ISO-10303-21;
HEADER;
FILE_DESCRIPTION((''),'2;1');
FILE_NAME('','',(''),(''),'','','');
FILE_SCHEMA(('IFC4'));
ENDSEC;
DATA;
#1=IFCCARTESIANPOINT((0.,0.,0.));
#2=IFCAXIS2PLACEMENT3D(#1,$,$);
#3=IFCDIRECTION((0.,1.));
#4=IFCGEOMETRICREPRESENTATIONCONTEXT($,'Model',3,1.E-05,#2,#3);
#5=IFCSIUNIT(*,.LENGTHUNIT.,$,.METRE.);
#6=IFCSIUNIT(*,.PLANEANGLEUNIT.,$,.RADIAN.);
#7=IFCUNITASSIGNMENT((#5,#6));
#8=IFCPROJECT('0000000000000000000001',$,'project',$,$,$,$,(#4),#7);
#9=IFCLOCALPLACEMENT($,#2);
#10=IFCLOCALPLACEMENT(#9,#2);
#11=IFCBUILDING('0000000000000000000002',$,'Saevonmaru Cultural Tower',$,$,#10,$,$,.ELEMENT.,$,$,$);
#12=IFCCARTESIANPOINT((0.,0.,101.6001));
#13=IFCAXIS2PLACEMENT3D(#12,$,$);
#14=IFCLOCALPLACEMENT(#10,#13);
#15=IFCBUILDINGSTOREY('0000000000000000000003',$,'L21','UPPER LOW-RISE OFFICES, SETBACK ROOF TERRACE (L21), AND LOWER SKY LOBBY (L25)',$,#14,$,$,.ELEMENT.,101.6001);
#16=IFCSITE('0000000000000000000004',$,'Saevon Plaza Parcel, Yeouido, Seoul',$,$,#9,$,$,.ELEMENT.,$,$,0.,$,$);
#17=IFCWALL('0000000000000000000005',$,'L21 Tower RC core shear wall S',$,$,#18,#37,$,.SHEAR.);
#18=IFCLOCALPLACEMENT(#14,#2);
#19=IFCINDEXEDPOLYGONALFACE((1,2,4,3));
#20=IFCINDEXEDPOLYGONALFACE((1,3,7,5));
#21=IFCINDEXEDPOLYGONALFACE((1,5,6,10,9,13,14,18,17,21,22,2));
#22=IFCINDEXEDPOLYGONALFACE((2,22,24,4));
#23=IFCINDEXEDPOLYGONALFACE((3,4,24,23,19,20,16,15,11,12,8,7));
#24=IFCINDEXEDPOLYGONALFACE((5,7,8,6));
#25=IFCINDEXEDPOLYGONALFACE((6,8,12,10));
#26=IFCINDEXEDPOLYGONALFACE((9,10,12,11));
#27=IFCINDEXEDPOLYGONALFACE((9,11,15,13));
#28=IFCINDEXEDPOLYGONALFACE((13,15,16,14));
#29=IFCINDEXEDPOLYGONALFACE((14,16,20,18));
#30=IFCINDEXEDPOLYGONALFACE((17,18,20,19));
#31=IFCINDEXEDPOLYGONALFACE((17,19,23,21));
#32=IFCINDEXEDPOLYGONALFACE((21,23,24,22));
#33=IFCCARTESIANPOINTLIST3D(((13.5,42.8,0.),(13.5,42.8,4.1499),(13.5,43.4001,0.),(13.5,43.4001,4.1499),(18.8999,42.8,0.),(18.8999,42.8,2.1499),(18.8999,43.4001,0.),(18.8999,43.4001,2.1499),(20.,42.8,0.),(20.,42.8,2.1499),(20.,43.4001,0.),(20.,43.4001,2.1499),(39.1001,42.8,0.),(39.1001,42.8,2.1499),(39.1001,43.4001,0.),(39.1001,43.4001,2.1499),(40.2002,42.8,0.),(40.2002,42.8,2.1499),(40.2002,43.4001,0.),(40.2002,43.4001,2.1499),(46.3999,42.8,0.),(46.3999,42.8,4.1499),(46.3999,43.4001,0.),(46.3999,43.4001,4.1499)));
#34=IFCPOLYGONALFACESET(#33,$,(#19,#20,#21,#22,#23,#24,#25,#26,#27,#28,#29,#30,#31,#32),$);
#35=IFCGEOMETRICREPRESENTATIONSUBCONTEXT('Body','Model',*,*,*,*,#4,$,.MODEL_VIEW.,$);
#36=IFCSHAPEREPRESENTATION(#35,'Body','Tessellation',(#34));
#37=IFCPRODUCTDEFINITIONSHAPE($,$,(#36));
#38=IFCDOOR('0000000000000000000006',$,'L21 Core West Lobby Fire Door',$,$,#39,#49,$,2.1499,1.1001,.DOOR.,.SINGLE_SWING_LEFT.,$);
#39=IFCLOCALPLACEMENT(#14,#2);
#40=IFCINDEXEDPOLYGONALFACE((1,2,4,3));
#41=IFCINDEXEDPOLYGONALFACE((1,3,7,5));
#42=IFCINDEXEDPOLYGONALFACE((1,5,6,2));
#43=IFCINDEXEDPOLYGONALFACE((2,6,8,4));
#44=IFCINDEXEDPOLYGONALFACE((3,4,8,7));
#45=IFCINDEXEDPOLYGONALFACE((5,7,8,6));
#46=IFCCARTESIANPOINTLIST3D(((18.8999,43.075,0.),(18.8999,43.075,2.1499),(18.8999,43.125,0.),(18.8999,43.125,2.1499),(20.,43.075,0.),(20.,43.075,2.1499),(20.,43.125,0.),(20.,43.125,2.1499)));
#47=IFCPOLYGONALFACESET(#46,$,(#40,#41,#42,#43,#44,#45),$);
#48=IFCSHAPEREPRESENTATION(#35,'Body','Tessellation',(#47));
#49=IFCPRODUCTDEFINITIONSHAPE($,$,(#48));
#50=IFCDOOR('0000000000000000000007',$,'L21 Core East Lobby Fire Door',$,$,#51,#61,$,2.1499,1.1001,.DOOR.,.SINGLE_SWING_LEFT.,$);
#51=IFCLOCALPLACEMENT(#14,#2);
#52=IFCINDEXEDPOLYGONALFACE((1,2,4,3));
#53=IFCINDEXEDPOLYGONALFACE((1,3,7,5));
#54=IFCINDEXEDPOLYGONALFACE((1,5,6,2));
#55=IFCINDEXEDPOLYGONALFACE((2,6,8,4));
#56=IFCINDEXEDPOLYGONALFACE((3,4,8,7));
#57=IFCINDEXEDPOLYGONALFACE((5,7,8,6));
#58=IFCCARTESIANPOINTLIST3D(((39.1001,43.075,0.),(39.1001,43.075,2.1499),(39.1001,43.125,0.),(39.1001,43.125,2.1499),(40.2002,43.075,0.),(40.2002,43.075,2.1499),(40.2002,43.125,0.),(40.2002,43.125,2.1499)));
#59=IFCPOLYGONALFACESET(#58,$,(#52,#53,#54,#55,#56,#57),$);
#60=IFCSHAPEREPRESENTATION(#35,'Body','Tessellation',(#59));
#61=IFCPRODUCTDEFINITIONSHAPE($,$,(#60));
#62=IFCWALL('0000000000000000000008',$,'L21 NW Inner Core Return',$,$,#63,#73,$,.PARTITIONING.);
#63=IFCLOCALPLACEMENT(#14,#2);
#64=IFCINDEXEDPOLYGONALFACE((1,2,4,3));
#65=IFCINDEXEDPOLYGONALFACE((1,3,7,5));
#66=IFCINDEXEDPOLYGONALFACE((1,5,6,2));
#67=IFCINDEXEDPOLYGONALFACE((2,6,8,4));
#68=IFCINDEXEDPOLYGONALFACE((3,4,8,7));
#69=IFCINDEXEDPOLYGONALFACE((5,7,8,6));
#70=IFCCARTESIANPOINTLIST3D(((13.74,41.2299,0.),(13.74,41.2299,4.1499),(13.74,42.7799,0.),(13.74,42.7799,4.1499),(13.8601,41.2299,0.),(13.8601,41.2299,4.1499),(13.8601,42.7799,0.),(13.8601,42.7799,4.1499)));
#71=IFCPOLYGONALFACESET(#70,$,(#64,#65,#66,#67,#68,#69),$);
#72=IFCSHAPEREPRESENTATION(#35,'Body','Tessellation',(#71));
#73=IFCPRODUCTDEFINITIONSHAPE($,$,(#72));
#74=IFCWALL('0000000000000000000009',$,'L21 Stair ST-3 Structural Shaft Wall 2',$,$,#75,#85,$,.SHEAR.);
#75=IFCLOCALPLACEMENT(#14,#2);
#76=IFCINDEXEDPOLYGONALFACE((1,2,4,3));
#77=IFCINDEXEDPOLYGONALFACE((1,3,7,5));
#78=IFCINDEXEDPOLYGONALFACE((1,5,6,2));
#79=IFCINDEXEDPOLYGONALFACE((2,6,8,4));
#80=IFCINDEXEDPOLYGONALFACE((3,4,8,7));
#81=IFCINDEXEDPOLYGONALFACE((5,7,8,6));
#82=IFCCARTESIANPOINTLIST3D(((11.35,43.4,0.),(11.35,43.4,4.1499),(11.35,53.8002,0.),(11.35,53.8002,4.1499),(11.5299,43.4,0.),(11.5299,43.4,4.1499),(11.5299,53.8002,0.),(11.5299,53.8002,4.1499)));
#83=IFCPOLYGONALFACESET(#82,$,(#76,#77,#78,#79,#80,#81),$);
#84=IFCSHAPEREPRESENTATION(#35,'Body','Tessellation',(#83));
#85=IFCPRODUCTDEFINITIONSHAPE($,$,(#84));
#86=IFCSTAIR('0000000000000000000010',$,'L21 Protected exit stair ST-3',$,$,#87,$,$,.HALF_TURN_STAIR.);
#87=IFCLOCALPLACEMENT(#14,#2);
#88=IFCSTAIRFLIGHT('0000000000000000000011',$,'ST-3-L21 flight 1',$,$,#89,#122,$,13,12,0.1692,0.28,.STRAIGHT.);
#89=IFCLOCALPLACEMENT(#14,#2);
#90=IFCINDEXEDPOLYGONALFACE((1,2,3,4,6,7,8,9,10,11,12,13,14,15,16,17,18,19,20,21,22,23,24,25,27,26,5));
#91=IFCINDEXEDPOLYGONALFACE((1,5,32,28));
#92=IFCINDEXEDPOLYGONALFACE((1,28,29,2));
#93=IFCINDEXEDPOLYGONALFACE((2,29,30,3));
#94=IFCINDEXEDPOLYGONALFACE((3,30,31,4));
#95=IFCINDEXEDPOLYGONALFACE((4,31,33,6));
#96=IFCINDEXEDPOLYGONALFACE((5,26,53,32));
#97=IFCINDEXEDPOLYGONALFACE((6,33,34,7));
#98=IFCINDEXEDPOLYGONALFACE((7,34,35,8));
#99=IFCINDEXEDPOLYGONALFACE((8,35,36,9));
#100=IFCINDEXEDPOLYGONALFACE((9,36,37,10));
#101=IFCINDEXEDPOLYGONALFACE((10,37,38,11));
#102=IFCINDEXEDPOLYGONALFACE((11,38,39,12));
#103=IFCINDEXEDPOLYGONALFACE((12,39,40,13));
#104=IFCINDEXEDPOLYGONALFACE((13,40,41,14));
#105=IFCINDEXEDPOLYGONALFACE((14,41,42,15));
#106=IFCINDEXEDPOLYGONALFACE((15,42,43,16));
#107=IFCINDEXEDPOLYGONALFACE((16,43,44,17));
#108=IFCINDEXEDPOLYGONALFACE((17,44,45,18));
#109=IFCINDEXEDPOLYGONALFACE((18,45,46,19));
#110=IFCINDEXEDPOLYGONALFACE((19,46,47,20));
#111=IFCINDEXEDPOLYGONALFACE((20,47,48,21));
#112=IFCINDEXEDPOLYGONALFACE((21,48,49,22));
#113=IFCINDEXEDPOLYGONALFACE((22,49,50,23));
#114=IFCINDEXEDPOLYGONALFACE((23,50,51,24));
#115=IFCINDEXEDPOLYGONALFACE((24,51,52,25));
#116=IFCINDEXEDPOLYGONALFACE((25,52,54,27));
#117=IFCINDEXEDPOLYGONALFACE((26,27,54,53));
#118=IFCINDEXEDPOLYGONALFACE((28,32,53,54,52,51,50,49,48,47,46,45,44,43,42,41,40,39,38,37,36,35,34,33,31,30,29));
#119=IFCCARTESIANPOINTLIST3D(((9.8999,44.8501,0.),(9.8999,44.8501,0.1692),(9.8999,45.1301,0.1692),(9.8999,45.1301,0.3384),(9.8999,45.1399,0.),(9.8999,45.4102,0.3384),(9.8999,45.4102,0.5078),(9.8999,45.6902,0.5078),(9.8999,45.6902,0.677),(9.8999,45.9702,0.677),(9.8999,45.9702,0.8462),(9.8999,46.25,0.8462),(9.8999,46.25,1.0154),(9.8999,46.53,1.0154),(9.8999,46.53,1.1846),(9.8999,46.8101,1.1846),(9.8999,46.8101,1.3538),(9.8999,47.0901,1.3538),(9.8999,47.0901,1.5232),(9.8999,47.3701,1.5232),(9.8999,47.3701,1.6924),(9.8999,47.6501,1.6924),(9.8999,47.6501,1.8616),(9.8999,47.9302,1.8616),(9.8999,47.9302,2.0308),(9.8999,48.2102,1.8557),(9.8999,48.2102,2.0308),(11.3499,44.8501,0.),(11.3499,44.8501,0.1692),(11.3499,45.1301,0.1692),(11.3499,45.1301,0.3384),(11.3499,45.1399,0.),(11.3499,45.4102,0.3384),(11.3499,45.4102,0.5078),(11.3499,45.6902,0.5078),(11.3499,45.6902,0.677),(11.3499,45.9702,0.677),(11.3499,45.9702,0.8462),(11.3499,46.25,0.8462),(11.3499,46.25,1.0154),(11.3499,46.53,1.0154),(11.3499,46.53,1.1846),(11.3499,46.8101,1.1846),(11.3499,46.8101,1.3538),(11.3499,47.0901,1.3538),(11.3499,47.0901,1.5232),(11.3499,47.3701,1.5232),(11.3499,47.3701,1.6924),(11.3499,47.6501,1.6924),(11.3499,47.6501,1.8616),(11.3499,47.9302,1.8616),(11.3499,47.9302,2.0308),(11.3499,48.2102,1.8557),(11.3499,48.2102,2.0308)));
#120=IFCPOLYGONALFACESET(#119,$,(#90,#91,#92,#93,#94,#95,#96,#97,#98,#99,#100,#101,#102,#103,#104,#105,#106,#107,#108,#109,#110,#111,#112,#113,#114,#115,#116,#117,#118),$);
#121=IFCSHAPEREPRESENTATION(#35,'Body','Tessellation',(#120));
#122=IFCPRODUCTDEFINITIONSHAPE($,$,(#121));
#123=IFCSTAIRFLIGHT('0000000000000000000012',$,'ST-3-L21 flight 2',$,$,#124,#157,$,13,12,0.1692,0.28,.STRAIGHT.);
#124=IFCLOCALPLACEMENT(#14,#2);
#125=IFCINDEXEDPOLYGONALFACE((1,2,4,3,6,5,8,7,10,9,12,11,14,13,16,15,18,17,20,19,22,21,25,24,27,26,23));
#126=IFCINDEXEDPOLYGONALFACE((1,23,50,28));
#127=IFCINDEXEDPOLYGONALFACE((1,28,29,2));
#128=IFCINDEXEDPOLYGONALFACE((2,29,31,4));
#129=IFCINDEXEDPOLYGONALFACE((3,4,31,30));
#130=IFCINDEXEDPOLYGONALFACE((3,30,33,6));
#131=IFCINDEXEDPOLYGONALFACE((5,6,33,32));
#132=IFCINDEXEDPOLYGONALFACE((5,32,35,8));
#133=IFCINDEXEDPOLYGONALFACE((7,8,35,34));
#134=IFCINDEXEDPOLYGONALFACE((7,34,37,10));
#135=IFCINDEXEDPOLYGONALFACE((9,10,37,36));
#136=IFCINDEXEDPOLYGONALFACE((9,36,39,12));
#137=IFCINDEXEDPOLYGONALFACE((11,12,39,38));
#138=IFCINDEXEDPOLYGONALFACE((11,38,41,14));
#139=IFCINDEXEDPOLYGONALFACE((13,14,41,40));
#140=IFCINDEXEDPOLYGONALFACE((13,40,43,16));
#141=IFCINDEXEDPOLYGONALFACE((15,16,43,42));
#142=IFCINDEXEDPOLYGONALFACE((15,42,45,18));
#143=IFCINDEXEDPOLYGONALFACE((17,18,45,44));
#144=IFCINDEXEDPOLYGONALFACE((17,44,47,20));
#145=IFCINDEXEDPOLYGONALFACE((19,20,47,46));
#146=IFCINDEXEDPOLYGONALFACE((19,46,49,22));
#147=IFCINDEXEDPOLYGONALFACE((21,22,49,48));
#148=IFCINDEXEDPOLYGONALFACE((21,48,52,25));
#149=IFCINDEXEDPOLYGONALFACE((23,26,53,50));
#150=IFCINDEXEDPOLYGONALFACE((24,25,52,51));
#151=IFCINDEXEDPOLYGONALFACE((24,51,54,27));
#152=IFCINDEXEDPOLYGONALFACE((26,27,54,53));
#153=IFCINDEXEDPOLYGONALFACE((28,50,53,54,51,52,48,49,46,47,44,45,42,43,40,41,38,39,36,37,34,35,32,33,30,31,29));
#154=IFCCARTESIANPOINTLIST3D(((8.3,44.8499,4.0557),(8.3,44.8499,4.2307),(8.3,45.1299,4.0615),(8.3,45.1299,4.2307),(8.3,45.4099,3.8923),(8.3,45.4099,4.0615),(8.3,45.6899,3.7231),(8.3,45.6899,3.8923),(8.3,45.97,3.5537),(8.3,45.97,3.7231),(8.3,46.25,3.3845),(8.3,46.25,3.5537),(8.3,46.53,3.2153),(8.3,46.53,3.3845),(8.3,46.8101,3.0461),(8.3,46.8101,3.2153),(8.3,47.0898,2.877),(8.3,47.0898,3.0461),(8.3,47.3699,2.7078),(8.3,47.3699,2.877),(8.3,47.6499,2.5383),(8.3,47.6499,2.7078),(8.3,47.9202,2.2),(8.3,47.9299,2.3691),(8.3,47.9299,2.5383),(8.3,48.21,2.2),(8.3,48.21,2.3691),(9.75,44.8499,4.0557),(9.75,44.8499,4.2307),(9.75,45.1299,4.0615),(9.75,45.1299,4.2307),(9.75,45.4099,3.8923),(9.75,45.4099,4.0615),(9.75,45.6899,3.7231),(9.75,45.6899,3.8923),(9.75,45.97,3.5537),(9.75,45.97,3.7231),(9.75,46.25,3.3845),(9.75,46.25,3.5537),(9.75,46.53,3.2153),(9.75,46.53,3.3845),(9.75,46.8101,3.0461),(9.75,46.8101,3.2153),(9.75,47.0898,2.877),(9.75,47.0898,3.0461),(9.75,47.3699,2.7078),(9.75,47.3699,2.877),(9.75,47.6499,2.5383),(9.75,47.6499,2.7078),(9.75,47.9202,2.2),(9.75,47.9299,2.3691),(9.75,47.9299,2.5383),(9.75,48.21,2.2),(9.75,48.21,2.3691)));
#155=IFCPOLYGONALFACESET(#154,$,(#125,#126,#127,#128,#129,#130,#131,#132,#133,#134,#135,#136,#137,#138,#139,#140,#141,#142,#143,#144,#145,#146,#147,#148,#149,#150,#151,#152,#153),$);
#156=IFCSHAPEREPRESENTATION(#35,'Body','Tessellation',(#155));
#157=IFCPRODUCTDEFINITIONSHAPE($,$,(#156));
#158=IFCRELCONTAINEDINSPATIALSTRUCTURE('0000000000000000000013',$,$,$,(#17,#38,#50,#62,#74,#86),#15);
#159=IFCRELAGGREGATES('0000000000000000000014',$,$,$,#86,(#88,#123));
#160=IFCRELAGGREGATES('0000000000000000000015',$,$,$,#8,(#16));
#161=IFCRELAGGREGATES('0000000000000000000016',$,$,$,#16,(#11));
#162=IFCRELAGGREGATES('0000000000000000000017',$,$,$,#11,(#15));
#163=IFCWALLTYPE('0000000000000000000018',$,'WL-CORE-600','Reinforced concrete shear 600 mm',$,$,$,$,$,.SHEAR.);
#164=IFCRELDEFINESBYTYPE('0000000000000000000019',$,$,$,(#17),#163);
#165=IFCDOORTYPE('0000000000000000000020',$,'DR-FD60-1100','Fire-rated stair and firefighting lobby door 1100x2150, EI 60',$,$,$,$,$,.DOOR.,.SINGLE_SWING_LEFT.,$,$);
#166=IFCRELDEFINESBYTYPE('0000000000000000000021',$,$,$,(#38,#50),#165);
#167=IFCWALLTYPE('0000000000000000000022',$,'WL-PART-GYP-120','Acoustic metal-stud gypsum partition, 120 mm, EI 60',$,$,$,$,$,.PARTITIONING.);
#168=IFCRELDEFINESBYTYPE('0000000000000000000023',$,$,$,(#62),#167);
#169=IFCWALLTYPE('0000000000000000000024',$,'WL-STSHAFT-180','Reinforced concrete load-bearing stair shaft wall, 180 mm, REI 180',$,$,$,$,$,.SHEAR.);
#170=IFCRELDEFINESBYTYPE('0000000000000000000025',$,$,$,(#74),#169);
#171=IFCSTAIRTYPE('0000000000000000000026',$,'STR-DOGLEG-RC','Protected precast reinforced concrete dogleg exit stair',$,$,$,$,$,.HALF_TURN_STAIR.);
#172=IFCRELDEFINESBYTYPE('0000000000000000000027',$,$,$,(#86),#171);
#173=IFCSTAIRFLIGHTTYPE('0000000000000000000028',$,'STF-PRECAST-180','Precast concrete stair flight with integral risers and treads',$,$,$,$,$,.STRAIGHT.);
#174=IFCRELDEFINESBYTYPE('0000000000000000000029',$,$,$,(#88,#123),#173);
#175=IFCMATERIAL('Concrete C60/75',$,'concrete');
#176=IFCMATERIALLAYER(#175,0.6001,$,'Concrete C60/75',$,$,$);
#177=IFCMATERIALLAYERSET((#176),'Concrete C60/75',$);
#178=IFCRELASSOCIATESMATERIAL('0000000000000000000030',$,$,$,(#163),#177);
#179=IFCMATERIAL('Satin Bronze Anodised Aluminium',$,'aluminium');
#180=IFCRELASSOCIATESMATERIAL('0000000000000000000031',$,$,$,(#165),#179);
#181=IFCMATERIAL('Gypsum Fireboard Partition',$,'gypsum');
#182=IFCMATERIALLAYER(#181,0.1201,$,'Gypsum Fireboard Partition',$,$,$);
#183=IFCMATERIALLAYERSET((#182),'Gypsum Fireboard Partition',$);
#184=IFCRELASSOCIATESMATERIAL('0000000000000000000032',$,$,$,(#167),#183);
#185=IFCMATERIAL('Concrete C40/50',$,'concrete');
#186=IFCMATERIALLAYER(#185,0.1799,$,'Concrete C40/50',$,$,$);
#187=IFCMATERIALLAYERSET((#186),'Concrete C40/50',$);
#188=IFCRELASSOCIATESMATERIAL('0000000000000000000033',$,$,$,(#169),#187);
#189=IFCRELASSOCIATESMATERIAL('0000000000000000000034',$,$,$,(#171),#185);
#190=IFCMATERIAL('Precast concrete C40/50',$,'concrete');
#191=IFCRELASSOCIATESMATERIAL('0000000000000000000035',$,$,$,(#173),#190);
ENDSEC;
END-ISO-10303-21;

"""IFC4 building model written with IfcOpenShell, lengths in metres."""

from ifc_helpers import new_model, si_unit, direction, frame, frame_2d, origin, place, context, subcontext, project, spatial, polyline, rectangle, outline, extrude, material, layer, layer_set, type_object, element, fill, aggregate, save


model = new_model("IFC4")

# Units and contexts
model_context = context("Model", 3, precision=1e-05, world=origin(), true_north=direction((0.0, 1.0)))
body_context = subcontext(model_context, "Body", "Model", "MODEL_VIEW")
ifc_project = project(units=[si_unit("LENGTHUNIT", "METRE"), si_unit("PLANEANGLEUNIT", "RADIAN")], contexts=[model_context])

# Site, building, storey
site_placement = place(None, origin())
site = spatial("IfcSite", under=ifc_project, at=site_placement, Name="Saevon Plaza Parcel, Yeouido, Seoul", CompositionType="ELEMENT", RefElevation=0.0)
building_placement = place(site_placement, origin())
building = spatial("IfcBuilding", under=site, at=building_placement, Name="Saevonmaru Cultural Tower", CompositionType="ELEMENT")
storey_placement = place(building_placement, frame((0.0, 0.0, 101.6001)))
storey = spatial("IfcBuildingStorey", under=building, at=storey_placement, Name="L21", Description="UPPER LOW-RISE OFFICES, SETBACK ROOF TERRACE (L21), AND LOWER SKY LOBBY (L25)", CompositionType="ELEMENT", Elevation=101.6001)

# Shared definitions
ifc_material_1 = material(Name="Satin Bronze Anodised Aluminium", Category="aluminium")

# Wall, openings, doors
ifc_material_2 = material(Name="Concrete C60/75", Category="concrete")
ifc_layer_1 = layer(ifc_material_2, 0.6001, Name="Concrete C60/75")
ifc_layer_set_1 = layer_set([ifc_layer_1], Name="Concrete C60/75")
wall_type_1 = type_object("IfcWallType", Name="WL-CORE-600", Description="Reinforced concrete shear 600 mm", PredefinedType="SHEAR", material=ifc_layer_set_1)
wall_1_placement = place(storey_placement, frame((13.5, 43.1001, 0.0), z_axis=(0.0, 0.0, 1.0), x_axis=(1.0, 0.0, 0.0)))
wall_1 = element("IfcWall", 1, at=wall_1_placement, inside=storey, type_object=wall_type_1, Name="L21 Tower RC core shear wall S", PredefinedType="SHEAR", context=body_context, shape_type="SweptSolid", body=[
    extrude(rectangle(XDim=32.8999, YDim=0.6001, at=frame_2d((16.45, 0.0))), origin(), (0.0, 0.0, 1.0), 4.1499),
])
opening_1_placement = place(wall_1_placement, frame((5.3999, 0.0, 0.0)))
opening_1 = element("IfcOpeningElement", 2, at=opening_1_placement, cuts=wall_1, PredefinedType="OPENING", context=body_context, shape_type="SweptSolid", body=[
    extrude(rectangle(XDim=1.1001, YDim=2.1499, at=frame_2d((0.55, 1.075))), frame((0.0, 0.3101, 0.0), z_axis=(0.0, -1.0, 0.0), x_axis=(1.0, 0.0, 0.0)), (0.0, 0.0, 1.0), 0.6201),
])
opening_2_placement = place(wall_1_placement, frame((25.6001, 0.0, 0.0)))
opening_2 = element("IfcOpeningElement", 3, at=opening_2_placement, cuts=wall_1, PredefinedType="OPENING", context=body_context, shape_type="SweptSolid", body=[
    extrude(rectangle(XDim=1.1001, YDim=2.1499, at=frame_2d((0.55, 1.075))), frame((0.0, 0.3101, 0.0), z_axis=(0.0, -1.0, 0.0), x_axis=(1.0, 0.0, 0.0)), (0.0, 0.0, 1.0), 0.6201),
])
door_type = type_object("IfcDoorType", Name="DR-FD60-1100", Description="Fire-rated stair and firefighting lobby door 1100x2150, EI 60", OperationType="SINGLE_SWING_LEFT", PredefinedType="DOOR", material=ifc_material_1)
door_1_placement = place(opening_1_placement, origin())
door_1 = element("IfcDoor", 4, at=door_1_placement, inside=storey, type_object=door_type, Name="L21 Core West Lobby Fire Door", OperationType="SINGLE_SWING_LEFT", OverallHeight=2.1499, OverallWidth=1.1001, PredefinedType="DOOR", context=body_context, shape_type="SweptSolid", body=[
    extrude(rectangle(XDim=1.1001, YDim=2.1499, at=frame_2d((0.55, 1.075))), frame((0.0, 0.0249, 0.0), z_axis=(0.0, -1.0, 0.0), x_axis=(1.0, 0.0, 0.0)), (0.0, 0.0, 1.0), 0.05),
])
fill(opening_1, door_1)
door_2_placement = place(opening_2_placement, origin())
door_2 = element("IfcDoor", 5, at=door_2_placement, inside=storey, type_object=door_type, Name="L21 Core East Lobby Fire Door", OperationType="SINGLE_SWING_LEFT", OverallHeight=2.1499, OverallWidth=1.1001, PredefinedType="DOOR", context=body_context, shape_type="SweptSolid", body=[
    extrude(rectangle(XDim=1.1001, YDim=2.1499, at=frame_2d((0.55, 1.075))), frame((0.0, 0.0249, 0.0), z_axis=(0.0, -1.0, 0.0), x_axis=(1.0, 0.0, 0.0)), (0.0, 0.0, 1.0), 0.05),
])
fill(opening_2, door_2)

# Wall
ifc_material_3 = material(Name="Gypsum Fireboard Partition", Category="gypsum")
ifc_layer_2 = layer(ifc_material_3, 0.1201, Name="Gypsum Fireboard Partition")
ifc_layer_set_2 = layer_set([ifc_layer_2], Name="Gypsum Fireboard Partition")
wall_type_2 = type_object("IfcWallType", Name="WL-PART-GYP-120", Description="Acoustic metal-stud gypsum partition, 120 mm, EI 60", PredefinedType="PARTITIONING", material=ifc_layer_set_2)
wall_2_placement = place(storey_placement, frame((13.8, 41.23, 0.0), z_axis=(0.0, 0.0, 1.0), x_axis=(0.0, 1.0, 0.0)))
element("IfcWall", 6, at=wall_2_placement, inside=storey, type_object=wall_type_2, Name="L21 NW Inner Core Return", PredefinedType="PARTITIONING", context=body_context, shape_type="SweptSolid", body=[
    extrude(rectangle(XDim=1.55, YDim=0.1201, at=frame_2d((0.7749, 0.0))), origin(), (0.0, 0.0, 1.0), 4.1499),
])

# Shared definitions
ifc_material_4 = material(Name="Concrete C40/50", Category="concrete")
ifc_layer_3 = layer(ifc_material_4, 0.1799, Name="Concrete C40/50")
ifc_layer_set_3 = layer_set([ifc_layer_3], Name="Concrete C40/50")
wall_type_3 = type_object("IfcWallType", Name="WL-STSHAFT-180", Description="Reinforced concrete load-bearing stair shaft wall, 180 mm, REI 180", PredefinedType="SHEAR", material=ifc_layer_set_3)

# Wall
wall_3_placement = place(storey_placement, frame((11.4399, 43.3999, 0.0), z_axis=(0.0, 0.0, 1.0), x_axis=(0.0, 1.0, 0.0)))
element("IfcWall", 7, at=wall_3_placement, inside=storey, type_object=wall_type_3, Name="L21 Stair ST-3 Structural Shaft Wall 2", PredefinedType="SHEAR", context=body_context, shape_type="SweptSolid", body=[
    extrude(rectangle(XDim=10.4001, YDim=0.1799, at=frame_2d((5.2002, 0.0))), origin(), (0.0, 0.0, 1.0), 4.1499),
])

# Stair, stair flights
stair_type = type_object("IfcStairType", Name="STR-DOGLEG-RC", Description="Protected precast reinforced concrete dogleg exit stair", PredefinedType="HALF_TURN_STAIR", material=ifc_material_4)
stair_placement = place(storey_placement, origin())
stair = element("IfcStair", 8, at=stair_placement, inside=storey, type_object=stair_type, Name="L21 Protected exit stair ST-3", PredefinedType="HALF_TURN_STAIR")
ifc_material_5 = material(Name="Precast concrete C40/50", Category="concrete")
stair_flight_type = type_object("IfcStairFlightType", Name="STF-PRECAST-180", Description="Precast concrete stair flight with integral risers and treads", PredefinedType="STRAIGHT", material=ifc_material_5)
stair_flight_1_placement = place(storey_placement, frame((10.625, 44.8501, 0.0), z_axis=(0.0, 0.0, 1.0), x_axis=(0.0, 1.0, 0.0)))
stair_flight_1 = element("IfcStairFlight", 9, at=stair_flight_1_placement, type_object=stair_flight_type, Name="ST-3-L21 flight 1", NumberOfRisers=13, NumberOfTreads=12, PredefinedType="STRAIGHT", RiserHeight=0.1692, TreadLength=0.28, context=body_context, shape_type="SweptSolid", body=[
    extrude(outline(polyline([(0.0, 0.0), (0.0, 0.1692), (0.28, 0.1692), (0.28, 0.3384), (0.5601, 0.3384), (0.5601, 0.5078), (0.8401, 0.5078), (0.8401, 0.677), (1.1201, 0.677), (1.1201, 0.8462), (1.3999, 0.8462), (1.3999, 1.0154), (1.6799, 1.0154), (1.6799, 1.1846), (1.96, 1.1846), (1.96, 1.3538), (2.24, 1.3538), (2.24, 1.5232), (2.52, 1.5232), (2.52, 1.6924), (2.8, 1.6924), (2.8, 1.8616), (3.0801, 1.8616), (3.0801, 2.0308), (3.3601, 2.0308), (3.3601, 2.2), (3.3601, 1.8557), (0.2898, 0.0), (0.0, 0.0)])), frame((0.0, 0.7251, 0.0), z_axis=(0.0, -1.0, 0.0), x_axis=(1.0, 0.0, 0.0)), (0.0, 0.0, 1.0), 1.45),
])
stair_flight_2_placement = place(storey_placement, frame((9.0249, 48.21, 2.2), z_axis=(0.0, 0.0, 1.0), x_axis=(0.0, -1.0, 0.0)))
stair_flight_2 = element("IfcStairFlight", 10, at=stair_flight_2_placement, type_object=stair_flight_type, Name="ST-3-L21 flight 2", NumberOfRisers=13, NumberOfTreads=12, PredefinedType="STRAIGHT", RiserHeight=0.1692, TreadLength=0.28, context=body_context, shape_type="SweptSolid", body=[
    extrude(outline(polyline([(0.0, 0.0), (0.0, 0.1692), (0.28, 0.1692), (0.28, 0.3384), (0.5601, 0.3384), (0.5601, 0.5078), (0.8401, 0.5078), (0.8401, 0.677), (1.1201, 0.677), (1.1201, 0.8462), (1.3999, 0.8462), (1.3999, 1.0154), (1.6799, 1.0154), (1.6799, 1.1846), (1.96, 1.1846), (1.96, 1.3538), (2.24, 1.3538), (2.24, 1.5232), (2.52, 1.5232), (2.52, 1.6924), (2.8, 1.6924), (2.8, 1.8616), (3.0801, 1.8616), (3.0801, 2.0308), (3.3601, 2.0308), (3.3601, 2.2), (3.3601, 1.8557), (0.2898, 0.0), (0.0, 0.0)])), frame((0.0, 0.7251, 0.0), z_axis=(0.0, -1.0, 0.0), x_axis=(1.0, 0.0, 0.0)), (0.0, 0.0, 1.0), 1.45),
])
aggregate(stair, [stair_flight_1, stair_flight_2])

save(model, "model.ifc")
